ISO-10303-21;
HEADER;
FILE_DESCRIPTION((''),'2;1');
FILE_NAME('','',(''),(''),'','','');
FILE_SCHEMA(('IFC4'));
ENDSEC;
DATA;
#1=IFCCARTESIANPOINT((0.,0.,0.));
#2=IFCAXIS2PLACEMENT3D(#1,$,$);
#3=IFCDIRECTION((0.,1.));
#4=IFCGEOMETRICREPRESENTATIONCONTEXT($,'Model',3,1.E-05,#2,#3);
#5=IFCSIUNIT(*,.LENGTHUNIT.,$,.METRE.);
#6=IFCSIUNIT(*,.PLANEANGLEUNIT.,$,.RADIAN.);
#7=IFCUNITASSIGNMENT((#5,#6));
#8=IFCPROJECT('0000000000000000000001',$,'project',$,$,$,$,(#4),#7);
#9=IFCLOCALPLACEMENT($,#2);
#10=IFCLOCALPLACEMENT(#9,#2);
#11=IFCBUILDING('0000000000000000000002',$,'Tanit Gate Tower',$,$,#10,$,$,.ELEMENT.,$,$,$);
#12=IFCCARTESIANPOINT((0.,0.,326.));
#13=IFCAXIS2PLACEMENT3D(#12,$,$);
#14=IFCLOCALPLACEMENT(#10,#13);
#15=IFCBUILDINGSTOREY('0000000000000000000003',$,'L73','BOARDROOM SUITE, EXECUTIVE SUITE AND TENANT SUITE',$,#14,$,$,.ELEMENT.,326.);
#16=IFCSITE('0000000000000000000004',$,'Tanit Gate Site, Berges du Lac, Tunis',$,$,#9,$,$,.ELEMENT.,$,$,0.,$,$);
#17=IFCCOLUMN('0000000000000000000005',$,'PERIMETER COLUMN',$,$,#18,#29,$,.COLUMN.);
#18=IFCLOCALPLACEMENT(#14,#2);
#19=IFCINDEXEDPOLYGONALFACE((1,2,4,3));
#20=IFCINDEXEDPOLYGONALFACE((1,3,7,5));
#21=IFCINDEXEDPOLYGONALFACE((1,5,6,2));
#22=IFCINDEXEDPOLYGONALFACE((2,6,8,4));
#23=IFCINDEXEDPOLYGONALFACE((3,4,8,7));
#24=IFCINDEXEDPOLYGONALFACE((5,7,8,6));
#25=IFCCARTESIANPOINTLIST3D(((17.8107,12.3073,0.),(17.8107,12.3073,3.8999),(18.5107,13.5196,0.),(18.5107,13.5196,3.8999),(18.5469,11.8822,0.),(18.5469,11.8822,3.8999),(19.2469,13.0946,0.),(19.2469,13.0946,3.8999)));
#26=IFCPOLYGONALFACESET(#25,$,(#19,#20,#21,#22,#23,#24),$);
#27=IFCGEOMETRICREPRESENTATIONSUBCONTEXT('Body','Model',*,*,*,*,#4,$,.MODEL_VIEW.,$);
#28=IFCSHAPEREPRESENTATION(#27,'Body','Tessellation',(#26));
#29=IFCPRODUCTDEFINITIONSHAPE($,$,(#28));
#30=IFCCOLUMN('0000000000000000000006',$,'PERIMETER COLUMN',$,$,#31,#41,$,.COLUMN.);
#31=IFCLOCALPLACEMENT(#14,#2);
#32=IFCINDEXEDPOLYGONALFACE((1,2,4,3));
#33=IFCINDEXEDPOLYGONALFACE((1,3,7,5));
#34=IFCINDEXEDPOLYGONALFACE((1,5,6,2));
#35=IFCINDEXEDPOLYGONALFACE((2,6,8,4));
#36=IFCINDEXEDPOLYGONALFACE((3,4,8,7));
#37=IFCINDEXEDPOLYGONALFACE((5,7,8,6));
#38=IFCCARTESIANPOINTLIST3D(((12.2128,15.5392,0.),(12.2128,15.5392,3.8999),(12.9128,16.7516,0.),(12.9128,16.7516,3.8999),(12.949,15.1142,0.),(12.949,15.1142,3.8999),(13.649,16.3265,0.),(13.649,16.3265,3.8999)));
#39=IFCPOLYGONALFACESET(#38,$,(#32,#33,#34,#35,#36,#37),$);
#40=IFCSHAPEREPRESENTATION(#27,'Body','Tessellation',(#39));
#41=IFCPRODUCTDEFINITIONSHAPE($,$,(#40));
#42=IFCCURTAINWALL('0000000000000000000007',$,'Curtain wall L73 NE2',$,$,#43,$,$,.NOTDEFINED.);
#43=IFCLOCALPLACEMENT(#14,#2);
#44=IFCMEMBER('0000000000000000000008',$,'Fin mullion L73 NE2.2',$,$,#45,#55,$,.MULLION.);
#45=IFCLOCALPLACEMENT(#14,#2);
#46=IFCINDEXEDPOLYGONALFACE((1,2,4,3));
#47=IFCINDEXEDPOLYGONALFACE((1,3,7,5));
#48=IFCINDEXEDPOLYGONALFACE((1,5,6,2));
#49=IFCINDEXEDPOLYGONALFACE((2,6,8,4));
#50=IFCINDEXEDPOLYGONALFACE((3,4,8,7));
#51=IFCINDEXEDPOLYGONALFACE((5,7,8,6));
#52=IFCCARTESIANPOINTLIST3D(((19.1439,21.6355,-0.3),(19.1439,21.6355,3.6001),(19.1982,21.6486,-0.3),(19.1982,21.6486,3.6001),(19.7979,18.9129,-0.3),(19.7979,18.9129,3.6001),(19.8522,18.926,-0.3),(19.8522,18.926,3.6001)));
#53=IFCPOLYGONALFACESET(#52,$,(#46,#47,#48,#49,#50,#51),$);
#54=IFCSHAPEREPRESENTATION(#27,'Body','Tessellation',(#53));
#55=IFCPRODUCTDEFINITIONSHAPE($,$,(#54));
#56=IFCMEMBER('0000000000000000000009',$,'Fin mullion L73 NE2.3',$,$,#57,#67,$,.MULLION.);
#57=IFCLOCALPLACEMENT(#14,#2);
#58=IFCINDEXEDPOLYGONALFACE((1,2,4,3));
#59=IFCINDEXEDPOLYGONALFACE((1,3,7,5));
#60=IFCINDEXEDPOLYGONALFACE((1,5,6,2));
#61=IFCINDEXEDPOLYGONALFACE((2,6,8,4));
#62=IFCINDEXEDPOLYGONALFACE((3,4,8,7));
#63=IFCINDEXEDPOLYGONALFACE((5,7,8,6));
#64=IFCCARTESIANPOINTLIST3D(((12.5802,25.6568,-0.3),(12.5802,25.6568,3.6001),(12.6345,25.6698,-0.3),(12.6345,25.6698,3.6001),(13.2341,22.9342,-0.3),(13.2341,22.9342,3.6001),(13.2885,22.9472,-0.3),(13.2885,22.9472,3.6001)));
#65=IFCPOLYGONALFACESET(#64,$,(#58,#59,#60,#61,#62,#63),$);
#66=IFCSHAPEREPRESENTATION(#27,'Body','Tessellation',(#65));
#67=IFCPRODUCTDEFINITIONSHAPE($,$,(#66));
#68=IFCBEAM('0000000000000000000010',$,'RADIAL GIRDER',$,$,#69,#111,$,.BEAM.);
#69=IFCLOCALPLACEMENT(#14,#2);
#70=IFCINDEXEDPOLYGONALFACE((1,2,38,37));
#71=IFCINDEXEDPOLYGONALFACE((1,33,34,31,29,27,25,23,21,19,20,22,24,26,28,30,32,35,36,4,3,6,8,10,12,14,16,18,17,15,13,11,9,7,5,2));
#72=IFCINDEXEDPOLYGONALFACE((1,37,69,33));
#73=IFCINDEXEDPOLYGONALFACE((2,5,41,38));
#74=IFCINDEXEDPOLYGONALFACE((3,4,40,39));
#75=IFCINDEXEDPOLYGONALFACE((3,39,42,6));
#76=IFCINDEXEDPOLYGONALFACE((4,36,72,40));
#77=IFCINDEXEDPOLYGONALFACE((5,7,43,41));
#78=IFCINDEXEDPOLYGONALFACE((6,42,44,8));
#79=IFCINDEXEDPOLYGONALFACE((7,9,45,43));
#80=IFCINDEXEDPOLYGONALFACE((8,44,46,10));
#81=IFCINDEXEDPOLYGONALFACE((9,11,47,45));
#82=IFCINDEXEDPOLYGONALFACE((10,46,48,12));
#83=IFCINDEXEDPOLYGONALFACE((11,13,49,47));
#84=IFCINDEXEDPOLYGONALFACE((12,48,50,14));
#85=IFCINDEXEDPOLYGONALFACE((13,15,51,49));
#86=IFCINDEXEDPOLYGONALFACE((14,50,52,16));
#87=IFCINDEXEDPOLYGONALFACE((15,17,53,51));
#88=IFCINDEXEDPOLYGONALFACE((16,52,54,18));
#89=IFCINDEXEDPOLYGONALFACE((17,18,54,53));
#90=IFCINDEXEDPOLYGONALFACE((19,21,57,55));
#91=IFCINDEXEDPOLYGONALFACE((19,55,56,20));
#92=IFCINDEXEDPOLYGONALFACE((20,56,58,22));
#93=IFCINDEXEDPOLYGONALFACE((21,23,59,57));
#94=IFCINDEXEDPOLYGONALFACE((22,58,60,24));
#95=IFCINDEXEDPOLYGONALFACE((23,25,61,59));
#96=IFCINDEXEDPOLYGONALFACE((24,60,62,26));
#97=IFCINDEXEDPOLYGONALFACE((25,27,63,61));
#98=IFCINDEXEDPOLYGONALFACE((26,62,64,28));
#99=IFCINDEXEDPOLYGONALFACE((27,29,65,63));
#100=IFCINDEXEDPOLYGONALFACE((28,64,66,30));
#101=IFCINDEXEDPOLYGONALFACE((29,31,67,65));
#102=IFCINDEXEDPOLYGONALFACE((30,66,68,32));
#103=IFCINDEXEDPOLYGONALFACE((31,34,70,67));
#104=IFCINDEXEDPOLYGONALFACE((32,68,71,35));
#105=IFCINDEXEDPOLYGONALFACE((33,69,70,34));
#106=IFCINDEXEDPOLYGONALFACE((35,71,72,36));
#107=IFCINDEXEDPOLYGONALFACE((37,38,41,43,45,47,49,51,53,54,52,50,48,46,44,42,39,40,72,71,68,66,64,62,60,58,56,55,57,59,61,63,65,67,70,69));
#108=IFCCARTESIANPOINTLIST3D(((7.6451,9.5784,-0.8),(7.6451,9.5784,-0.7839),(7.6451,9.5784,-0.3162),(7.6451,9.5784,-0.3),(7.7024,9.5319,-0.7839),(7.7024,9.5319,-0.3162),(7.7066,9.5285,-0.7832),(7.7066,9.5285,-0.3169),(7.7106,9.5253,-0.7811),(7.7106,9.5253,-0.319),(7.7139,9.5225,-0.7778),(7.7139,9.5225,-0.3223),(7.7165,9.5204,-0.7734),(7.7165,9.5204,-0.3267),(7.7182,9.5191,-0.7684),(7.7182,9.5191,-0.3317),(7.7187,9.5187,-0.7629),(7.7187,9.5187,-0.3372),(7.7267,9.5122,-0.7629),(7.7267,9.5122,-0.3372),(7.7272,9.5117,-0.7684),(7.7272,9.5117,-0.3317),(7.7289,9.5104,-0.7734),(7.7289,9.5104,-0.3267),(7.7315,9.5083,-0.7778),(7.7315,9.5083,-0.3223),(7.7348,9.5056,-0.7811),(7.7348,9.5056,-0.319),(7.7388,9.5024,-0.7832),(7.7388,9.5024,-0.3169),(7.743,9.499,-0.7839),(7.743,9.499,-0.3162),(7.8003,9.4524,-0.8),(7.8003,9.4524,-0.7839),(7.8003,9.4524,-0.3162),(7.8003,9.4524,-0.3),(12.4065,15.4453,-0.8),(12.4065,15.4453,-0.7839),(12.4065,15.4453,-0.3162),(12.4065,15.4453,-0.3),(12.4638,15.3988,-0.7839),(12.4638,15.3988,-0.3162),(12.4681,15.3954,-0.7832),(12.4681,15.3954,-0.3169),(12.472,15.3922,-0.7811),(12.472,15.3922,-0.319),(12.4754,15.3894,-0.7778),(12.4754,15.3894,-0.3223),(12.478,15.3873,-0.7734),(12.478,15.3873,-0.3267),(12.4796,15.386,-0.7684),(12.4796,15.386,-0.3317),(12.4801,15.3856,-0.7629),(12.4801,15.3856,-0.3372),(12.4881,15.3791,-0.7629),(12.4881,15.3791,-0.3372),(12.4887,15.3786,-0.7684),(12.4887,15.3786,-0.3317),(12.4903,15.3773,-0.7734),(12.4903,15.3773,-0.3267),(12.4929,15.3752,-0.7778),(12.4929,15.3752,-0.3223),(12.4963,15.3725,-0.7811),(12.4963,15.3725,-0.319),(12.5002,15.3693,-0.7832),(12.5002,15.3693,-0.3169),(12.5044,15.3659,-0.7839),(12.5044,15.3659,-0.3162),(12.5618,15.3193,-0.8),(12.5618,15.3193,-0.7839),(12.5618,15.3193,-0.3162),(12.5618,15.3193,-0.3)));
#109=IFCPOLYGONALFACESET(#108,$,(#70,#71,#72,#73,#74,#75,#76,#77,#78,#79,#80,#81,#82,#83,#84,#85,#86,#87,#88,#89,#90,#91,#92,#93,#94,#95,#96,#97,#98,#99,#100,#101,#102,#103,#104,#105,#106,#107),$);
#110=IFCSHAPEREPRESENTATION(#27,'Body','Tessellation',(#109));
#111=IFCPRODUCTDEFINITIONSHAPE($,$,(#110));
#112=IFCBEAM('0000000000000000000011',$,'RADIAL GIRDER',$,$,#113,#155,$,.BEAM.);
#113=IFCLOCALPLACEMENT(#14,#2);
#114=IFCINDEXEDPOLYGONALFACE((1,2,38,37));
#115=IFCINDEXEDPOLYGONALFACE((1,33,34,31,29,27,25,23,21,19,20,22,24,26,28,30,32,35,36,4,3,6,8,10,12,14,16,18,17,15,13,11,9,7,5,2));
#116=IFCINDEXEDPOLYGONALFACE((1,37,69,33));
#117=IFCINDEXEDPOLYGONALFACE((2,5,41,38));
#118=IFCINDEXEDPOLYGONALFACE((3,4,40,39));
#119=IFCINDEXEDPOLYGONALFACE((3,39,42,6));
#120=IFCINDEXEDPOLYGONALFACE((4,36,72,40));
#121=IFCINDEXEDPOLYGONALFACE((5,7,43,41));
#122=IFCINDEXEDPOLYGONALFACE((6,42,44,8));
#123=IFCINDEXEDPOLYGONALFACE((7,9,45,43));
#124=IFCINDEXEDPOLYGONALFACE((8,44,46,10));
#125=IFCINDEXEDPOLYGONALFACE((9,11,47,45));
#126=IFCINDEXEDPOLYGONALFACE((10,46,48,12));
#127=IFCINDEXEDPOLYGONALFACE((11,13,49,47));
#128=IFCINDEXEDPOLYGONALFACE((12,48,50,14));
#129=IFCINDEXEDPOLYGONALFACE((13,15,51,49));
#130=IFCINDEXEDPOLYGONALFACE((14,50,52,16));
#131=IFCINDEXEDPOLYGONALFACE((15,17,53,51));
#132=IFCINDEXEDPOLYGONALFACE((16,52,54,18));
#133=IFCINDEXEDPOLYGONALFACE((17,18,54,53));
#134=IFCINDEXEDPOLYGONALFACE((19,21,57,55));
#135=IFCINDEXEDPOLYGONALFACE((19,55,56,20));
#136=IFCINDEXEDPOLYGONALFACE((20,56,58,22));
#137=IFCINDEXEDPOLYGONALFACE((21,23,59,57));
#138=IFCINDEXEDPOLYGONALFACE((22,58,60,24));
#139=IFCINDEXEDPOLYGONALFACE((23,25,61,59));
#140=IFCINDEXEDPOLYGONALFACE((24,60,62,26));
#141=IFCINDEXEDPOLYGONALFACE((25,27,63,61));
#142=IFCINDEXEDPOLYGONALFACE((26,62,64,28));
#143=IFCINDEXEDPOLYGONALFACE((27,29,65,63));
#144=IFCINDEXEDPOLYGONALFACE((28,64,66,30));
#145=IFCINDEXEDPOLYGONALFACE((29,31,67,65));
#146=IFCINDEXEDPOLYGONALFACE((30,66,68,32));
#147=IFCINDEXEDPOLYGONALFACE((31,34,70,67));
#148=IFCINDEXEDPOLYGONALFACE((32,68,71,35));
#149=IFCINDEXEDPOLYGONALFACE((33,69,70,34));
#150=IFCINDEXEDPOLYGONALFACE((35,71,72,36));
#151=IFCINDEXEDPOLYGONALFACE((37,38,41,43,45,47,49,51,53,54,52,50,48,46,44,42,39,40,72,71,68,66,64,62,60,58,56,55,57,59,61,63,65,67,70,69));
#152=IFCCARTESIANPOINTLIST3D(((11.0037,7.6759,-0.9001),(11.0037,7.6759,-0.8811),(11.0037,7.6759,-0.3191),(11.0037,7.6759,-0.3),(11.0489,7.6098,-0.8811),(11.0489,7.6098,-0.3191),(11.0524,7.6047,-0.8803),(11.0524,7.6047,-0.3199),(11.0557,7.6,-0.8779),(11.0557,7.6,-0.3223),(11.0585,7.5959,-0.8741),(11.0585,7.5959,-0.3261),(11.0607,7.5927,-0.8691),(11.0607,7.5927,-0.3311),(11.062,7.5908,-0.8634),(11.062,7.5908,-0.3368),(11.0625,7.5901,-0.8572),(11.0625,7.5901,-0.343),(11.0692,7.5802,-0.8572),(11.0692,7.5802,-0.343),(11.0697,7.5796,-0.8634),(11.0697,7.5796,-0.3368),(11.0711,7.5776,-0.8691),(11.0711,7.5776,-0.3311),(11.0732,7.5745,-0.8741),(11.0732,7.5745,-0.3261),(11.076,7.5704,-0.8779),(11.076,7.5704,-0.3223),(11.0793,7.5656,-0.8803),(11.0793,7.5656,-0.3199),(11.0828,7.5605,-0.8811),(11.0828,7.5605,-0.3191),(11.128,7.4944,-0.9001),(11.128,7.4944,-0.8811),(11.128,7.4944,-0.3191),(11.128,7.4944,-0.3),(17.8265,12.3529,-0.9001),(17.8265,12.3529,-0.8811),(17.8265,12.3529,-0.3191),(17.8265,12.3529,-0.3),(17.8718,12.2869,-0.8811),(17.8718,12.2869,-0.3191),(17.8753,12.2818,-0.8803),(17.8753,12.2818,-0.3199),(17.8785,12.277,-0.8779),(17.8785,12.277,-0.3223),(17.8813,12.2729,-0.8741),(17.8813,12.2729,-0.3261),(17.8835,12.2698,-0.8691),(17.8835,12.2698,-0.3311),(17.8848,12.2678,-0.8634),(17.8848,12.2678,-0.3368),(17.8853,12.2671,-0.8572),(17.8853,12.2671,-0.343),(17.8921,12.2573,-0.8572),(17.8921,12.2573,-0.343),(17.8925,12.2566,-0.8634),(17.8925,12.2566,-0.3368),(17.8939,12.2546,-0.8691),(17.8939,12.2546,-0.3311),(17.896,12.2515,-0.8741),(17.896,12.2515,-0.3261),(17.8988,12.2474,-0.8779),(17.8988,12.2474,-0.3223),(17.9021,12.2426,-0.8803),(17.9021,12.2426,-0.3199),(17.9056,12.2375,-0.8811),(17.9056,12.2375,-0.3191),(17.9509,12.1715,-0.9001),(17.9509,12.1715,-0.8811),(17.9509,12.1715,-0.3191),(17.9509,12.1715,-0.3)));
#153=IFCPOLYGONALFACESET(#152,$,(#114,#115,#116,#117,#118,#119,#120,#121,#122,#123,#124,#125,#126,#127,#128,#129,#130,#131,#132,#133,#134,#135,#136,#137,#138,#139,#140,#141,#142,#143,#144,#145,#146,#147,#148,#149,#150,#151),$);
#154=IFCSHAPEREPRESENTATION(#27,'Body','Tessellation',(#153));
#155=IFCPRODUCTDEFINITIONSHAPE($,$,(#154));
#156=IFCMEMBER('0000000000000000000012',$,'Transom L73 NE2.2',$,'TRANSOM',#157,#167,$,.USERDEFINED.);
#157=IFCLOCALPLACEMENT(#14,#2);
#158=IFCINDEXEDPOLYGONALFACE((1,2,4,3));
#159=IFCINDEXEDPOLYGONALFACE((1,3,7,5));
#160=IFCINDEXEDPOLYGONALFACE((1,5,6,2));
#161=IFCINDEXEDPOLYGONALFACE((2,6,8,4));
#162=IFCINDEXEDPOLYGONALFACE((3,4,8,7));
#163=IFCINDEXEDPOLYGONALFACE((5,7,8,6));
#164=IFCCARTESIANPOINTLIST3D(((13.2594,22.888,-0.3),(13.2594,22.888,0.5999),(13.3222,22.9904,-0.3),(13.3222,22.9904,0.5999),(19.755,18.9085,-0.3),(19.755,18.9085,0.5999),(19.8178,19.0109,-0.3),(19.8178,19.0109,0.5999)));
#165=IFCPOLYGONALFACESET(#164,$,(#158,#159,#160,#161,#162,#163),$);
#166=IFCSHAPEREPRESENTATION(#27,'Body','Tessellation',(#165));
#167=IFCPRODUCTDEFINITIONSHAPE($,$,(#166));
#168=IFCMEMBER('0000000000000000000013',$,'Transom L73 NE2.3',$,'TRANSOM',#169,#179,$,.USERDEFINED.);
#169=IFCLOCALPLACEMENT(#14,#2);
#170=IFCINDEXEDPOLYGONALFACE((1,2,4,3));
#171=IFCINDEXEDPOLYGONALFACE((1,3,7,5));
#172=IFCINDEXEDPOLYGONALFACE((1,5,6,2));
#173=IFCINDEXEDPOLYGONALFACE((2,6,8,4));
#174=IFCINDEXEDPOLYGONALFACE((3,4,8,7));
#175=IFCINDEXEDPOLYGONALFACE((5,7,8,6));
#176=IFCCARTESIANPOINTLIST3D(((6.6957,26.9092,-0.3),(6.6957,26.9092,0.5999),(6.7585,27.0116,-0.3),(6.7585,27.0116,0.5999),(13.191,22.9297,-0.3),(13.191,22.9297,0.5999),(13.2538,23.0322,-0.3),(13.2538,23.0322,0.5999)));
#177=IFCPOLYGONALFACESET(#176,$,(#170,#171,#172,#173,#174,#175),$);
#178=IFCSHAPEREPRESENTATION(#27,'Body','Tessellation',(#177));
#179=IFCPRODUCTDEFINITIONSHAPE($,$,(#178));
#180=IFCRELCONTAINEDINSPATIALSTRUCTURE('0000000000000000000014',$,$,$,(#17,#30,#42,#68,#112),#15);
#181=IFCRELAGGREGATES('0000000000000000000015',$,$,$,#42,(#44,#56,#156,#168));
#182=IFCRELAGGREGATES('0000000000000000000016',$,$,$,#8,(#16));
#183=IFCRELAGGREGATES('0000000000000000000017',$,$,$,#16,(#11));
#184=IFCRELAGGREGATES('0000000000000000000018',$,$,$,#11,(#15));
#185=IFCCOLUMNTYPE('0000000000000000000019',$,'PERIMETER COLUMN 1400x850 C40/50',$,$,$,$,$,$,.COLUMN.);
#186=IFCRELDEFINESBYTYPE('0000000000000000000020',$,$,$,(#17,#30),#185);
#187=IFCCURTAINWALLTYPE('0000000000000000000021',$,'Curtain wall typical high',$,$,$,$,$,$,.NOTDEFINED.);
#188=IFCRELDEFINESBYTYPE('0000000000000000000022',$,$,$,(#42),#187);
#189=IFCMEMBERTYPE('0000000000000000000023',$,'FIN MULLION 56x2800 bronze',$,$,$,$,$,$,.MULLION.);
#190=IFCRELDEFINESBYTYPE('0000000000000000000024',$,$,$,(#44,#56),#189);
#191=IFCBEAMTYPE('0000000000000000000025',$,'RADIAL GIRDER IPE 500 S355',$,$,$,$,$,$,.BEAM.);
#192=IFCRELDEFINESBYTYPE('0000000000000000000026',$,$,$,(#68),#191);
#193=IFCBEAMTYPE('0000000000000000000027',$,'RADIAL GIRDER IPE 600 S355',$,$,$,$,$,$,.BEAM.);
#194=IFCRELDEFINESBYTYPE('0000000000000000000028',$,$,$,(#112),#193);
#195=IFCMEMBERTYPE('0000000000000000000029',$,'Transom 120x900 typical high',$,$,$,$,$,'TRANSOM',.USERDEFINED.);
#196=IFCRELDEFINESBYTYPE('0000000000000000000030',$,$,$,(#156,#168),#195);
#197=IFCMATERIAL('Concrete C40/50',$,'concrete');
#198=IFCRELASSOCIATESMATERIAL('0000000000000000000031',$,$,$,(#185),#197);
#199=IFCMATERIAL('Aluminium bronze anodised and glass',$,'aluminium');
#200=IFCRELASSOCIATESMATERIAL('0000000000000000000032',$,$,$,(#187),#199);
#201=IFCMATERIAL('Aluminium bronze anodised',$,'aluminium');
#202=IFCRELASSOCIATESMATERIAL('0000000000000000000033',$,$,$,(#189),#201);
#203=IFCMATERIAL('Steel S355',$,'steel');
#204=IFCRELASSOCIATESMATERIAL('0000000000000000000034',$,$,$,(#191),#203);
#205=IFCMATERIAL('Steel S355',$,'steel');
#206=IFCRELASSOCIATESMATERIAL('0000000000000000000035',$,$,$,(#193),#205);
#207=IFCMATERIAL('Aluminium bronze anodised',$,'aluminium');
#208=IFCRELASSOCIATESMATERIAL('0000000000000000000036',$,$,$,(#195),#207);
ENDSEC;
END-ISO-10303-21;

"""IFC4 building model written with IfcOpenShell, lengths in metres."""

from ifc_helpers import new_model, si_unit, direction, frame, origin, origin_2d, place, context, subcontext, project, spatial, rectangle, i_section, extrude, material, material_profile, profile_set, type_object, element, aggregate, save


model = new_model("IFC4")

# Units and contexts
model_context = context("Model", 3, precision=1e-05, world=origin(), true_north=direction((0.0, 1.0)))
body_context = subcontext(model_context, "Body", "Model", "MODEL_VIEW")
ifc_project = project(units=[si_unit("LENGTHUNIT", "METRE"), si_unit("PLANEANGLEUNIT", "RADIAN")], contexts=[model_context])

# Site, building, storey
site_placement = place(None, origin())
site = spatial("IfcSite", under=ifc_project, at=site_placement, Name="Tanit Gate Site, Berges du Lac, Tunis", CompositionType="ELEMENT", RefElevation=0.0)
building_placement = place(site_placement, origin())
building = spatial("IfcBuilding", under=site, at=building_placement, Name="Tanit Gate Tower", CompositionType="ELEMENT")
storey_placement = place(building_placement, frame((0.0, 0.0, 326.0)))
storey = spatial("IfcBuildingStorey", under=building, at=storey_placement, Name="L73", Description="BOARDROOM SUITE, EXECUTIVE SUITE AND TENANT SUITE", CompositionType="ELEMENT", Elevation=326.0)

# Columns
ifc_material_1 = material(Name="Concrete C40/50", Category="concrete")
ifc_material_profile_1 = material_profile(ifc_material_1, rectangle(XDim=1.3999, YDim=0.8501, at=origin_2d()), Name="RC 1400x850")
ifc_profile_set_1 = profile_set([ifc_material_profile_1], Name="Concrete C40/50")
column_type = type_object("IfcColumnType", Name="PERIMETER COLUMN 1400x850 C40/50", PredefinedType="COLUMN", material=ifc_profile_set_1)
for number, where, z_axis, x_axis, name in (
    (1, (18.5288, 12.7009, 0.0), (0.0, 0.0, 1.0), (0.5, 0.866025, 0.0), "PERIMETER COLUMN"),
    (2, (12.9309, 15.9329, 0.0), (0.0, 0.0, 1.0), (0.5, 0.866025, 0.0), "PERIMETER COLUMN"),
):
    element("IfcColumn", number, at=place(storey_placement, frame(where, z_axis=z_axis, x_axis=x_axis)), inside=storey, type_object=column_type, Name=name, PredefinedType="COLUMN", context=body_context, shape_type="SweptSolid", body=[
        extrude(rectangle(XDim=1.3999, YDim=0.8501, at=origin_2d()), origin(), (0.0, 0.0, 1.0), 3.8999),
    ])

# Curtain wall, members
ifc_material_2 = material(Name="Aluminium bronze anodised and glass", Category="aluminium")
curtain_wall_type = type_object("IfcCurtainWallType", Name="Curtain wall typical high", PredefinedType="NOTDEFINED", material=ifc_material_2)
curtain_wall_placement = place(storey_placement, origin())
curtain_wall = element("IfcCurtainWall", 3, at=curtain_wall_placement, inside=storey, type_object=curtain_wall_type, Name="Curtain wall L73 NE2", PredefinedType="NOTDEFINED")
ifc_material_3 = material(Name="Aluminium bronze anodised", Category="aluminium")
ifc_material_profile_2 = material_profile(ifc_material_3, rectangle(XDim=2.8, YDim=0.0559, at=origin_2d()), Name="56x2800 bronze fin mullion")
ifc_profile_set_2 = profile_set([ifc_material_profile_2], Name="Aluminium bronze anodised")
member_type_1 = type_object("IfcMemberType", Name="FIN MULLION 56x2800 bronze", PredefinedType="MULLION", material=ifc_profile_set_2)
member_1_placement = place(storey_placement, frame((19.498, 20.2808, -0.3), z_axis=(0.0, 0.0, 1.0), x_axis=(0.233557, -0.972343, 0.0)))
member_1 = element("IfcMember", 4, at=member_1_placement, type_object=member_type_1, Name="Fin mullion L73 NE2.2", PredefinedType="MULLION", context=body_context, shape_type="SweptSolid", body=[
    extrude(rectangle(XDim=2.8, YDim=0.0559, at=origin_2d()), origin(), (0.0, 0.0, 1.0), 3.9001),
])
member_2_placement = place(storey_placement, frame((12.9343, 24.302, -0.3), z_axis=(0.0, 0.0, 1.0), x_axis=(0.233557, -0.972343, 0.0)))
member_2 = element("IfcMember", 5, at=member_2_placement, type_object=member_type_1, Name="Fin mullion L73 NE2.3", PredefinedType="MULLION", context=body_context, shape_type="SweptSolid", body=[
    extrude(rectangle(XDim=2.8, YDim=0.0559, at=origin_2d()), origin(), (0.0, 0.0, 1.0), 3.9001),
])

# Beams
ifc_material_4 = material(Name="Steel S355", Category="steel")
ifc_material_profile_3 = material_profile(ifc_material_4, i_section(OverallWidth=0.2, OverallDepth=0.5, WebThickness=0.0103, FlangeThickness=0.0161, FilletRadius=0.021, at=origin_2d()), Name="IPE 500")
ifc_profile_set_3 = profile_set([ifc_material_profile_3], Name="Steel S355")
beam_type_1 = type_object("IfcBeamType", Name="RADIAL GIRDER IPE 500 S355", PredefinedType="BEAM", material=ifc_profile_set_3)
beam_1_placement = place(storey_placement, frame((12.4841, 15.3823, -0.55), z_axis=(-0.630161, -0.776465, 0.0), x_axis=(0.776465, -0.630161, 0.0)))
element("IfcBeam", 6, at=beam_1_placement, inside=storey, type_object=beam_type_1, Name="RADIAL GIRDER", PredefinedType="BEAM", context=body_context, shape_type="SweptSolid", body=[
    extrude(i_section(OverallWidth=0.2, OverallDepth=0.5, WebThickness=0.0103, FlangeThickness=0.0161, FilletRadius=0.021, at=origin_2d()), origin(), (0.0, 0.0, 1.0), 7.5559),
])
ifc_material_5 = material(Name="Steel S355", Category="steel")
ifc_material_profile_4 = material_profile(ifc_material_5, i_section(OverallWidth=0.22, OverallDepth=0.6001, WebThickness=0.012, FlangeThickness=0.019, FilletRadius=0.0239, at=origin_2d()), Name="IPE 600")
ifc_profile_set_4 = profile_set([ifc_material_profile_4], Name="Steel S355")
beam_type_2 = type_object("IfcBeamType", Name="RADIAL GIRDER IPE 600 S355", PredefinedType="BEAM", material=ifc_profile_set_4)
beam_2_placement = place(storey_placement, frame((17.8887, 12.2622, -0.6001), z_axis=(-0.824811, -0.565408, 0.0), x_axis=(0.565408, -0.824811, 0.0)))
element("IfcBeam", 7, at=beam_2_placement, inside=storey, type_object=beam_type_2, Name="RADIAL GIRDER", PredefinedType="BEAM", context=body_context, shape_type="SweptSolid", body=[
    extrude(i_section(OverallWidth=0.22, OverallDepth=0.6001, WebThickness=0.012, FlangeThickness=0.019, FilletRadius=0.0239, at=origin_2d()), origin(), (0.0, 0.0, 1.0), 8.272),
])

# Members
ifc_material_6 = material(Name="Aluminium bronze anodised", Category="aluminium")
ifc_material_profile_5 = material_profile(ifc_material_6, rectangle(XDim=0.1201, YDim=0.8999, at=origin_2d()), Name="120x900 bronze transom")
ifc_profile_set_5 = profile_set([ifc_material_profile_5], Name="Aluminium bronze anodised")
member_type_2 = type_object("IfcMemberType", Name="Transom 120x900 typical high", ElementType="TRANSOM", PredefinedType="USERDEFINED", material=ifc_profile_set_5)
member_3_placement = place(storey_placement, frame((19.7864, 18.9597, 0.1499), z_axis=(-0.8527, 0.522401, 0.0), x_axis=(-0.522401, -0.8527, 0.0)))
member_3 = element("IfcMember", 8, at=member_3_placement, type_object=member_type_2, Name="Transom L73 NE2.2", ObjectType="TRANSOM", PredefinedType="USERDEFINED", context=body_context, shape_type="SweptSolid", body=[
    extrude(rectangle(XDim=0.1201, YDim=0.8999, at=origin_2d()), origin(), (0.0, 0.0, 1.0), 7.6177),
])
member_4_placement = place(storey_placement, frame((13.2224, 22.981, 0.1499), z_axis=(-0.852691, 0.522415, 0.0), x_axis=(-0.522415, -0.852691, 0.0)))
member_4 = element("IfcMember", 9, at=member_4_placement, type_object=member_type_2, Name="Transom L73 NE2.3", ObjectType="TRANSOM", PredefinedType="USERDEFINED", context=body_context, shape_type="SweptSolid", body=[
    extrude(rectangle(XDim=0.1201, YDim=0.8999, at=origin_2d()), origin(), (0.0, 0.0, 1.0), 7.6174),
])

aggregate(curtain_wall, [member_1, member_2, member_3, member_4])

save(model, "model.ifc")
